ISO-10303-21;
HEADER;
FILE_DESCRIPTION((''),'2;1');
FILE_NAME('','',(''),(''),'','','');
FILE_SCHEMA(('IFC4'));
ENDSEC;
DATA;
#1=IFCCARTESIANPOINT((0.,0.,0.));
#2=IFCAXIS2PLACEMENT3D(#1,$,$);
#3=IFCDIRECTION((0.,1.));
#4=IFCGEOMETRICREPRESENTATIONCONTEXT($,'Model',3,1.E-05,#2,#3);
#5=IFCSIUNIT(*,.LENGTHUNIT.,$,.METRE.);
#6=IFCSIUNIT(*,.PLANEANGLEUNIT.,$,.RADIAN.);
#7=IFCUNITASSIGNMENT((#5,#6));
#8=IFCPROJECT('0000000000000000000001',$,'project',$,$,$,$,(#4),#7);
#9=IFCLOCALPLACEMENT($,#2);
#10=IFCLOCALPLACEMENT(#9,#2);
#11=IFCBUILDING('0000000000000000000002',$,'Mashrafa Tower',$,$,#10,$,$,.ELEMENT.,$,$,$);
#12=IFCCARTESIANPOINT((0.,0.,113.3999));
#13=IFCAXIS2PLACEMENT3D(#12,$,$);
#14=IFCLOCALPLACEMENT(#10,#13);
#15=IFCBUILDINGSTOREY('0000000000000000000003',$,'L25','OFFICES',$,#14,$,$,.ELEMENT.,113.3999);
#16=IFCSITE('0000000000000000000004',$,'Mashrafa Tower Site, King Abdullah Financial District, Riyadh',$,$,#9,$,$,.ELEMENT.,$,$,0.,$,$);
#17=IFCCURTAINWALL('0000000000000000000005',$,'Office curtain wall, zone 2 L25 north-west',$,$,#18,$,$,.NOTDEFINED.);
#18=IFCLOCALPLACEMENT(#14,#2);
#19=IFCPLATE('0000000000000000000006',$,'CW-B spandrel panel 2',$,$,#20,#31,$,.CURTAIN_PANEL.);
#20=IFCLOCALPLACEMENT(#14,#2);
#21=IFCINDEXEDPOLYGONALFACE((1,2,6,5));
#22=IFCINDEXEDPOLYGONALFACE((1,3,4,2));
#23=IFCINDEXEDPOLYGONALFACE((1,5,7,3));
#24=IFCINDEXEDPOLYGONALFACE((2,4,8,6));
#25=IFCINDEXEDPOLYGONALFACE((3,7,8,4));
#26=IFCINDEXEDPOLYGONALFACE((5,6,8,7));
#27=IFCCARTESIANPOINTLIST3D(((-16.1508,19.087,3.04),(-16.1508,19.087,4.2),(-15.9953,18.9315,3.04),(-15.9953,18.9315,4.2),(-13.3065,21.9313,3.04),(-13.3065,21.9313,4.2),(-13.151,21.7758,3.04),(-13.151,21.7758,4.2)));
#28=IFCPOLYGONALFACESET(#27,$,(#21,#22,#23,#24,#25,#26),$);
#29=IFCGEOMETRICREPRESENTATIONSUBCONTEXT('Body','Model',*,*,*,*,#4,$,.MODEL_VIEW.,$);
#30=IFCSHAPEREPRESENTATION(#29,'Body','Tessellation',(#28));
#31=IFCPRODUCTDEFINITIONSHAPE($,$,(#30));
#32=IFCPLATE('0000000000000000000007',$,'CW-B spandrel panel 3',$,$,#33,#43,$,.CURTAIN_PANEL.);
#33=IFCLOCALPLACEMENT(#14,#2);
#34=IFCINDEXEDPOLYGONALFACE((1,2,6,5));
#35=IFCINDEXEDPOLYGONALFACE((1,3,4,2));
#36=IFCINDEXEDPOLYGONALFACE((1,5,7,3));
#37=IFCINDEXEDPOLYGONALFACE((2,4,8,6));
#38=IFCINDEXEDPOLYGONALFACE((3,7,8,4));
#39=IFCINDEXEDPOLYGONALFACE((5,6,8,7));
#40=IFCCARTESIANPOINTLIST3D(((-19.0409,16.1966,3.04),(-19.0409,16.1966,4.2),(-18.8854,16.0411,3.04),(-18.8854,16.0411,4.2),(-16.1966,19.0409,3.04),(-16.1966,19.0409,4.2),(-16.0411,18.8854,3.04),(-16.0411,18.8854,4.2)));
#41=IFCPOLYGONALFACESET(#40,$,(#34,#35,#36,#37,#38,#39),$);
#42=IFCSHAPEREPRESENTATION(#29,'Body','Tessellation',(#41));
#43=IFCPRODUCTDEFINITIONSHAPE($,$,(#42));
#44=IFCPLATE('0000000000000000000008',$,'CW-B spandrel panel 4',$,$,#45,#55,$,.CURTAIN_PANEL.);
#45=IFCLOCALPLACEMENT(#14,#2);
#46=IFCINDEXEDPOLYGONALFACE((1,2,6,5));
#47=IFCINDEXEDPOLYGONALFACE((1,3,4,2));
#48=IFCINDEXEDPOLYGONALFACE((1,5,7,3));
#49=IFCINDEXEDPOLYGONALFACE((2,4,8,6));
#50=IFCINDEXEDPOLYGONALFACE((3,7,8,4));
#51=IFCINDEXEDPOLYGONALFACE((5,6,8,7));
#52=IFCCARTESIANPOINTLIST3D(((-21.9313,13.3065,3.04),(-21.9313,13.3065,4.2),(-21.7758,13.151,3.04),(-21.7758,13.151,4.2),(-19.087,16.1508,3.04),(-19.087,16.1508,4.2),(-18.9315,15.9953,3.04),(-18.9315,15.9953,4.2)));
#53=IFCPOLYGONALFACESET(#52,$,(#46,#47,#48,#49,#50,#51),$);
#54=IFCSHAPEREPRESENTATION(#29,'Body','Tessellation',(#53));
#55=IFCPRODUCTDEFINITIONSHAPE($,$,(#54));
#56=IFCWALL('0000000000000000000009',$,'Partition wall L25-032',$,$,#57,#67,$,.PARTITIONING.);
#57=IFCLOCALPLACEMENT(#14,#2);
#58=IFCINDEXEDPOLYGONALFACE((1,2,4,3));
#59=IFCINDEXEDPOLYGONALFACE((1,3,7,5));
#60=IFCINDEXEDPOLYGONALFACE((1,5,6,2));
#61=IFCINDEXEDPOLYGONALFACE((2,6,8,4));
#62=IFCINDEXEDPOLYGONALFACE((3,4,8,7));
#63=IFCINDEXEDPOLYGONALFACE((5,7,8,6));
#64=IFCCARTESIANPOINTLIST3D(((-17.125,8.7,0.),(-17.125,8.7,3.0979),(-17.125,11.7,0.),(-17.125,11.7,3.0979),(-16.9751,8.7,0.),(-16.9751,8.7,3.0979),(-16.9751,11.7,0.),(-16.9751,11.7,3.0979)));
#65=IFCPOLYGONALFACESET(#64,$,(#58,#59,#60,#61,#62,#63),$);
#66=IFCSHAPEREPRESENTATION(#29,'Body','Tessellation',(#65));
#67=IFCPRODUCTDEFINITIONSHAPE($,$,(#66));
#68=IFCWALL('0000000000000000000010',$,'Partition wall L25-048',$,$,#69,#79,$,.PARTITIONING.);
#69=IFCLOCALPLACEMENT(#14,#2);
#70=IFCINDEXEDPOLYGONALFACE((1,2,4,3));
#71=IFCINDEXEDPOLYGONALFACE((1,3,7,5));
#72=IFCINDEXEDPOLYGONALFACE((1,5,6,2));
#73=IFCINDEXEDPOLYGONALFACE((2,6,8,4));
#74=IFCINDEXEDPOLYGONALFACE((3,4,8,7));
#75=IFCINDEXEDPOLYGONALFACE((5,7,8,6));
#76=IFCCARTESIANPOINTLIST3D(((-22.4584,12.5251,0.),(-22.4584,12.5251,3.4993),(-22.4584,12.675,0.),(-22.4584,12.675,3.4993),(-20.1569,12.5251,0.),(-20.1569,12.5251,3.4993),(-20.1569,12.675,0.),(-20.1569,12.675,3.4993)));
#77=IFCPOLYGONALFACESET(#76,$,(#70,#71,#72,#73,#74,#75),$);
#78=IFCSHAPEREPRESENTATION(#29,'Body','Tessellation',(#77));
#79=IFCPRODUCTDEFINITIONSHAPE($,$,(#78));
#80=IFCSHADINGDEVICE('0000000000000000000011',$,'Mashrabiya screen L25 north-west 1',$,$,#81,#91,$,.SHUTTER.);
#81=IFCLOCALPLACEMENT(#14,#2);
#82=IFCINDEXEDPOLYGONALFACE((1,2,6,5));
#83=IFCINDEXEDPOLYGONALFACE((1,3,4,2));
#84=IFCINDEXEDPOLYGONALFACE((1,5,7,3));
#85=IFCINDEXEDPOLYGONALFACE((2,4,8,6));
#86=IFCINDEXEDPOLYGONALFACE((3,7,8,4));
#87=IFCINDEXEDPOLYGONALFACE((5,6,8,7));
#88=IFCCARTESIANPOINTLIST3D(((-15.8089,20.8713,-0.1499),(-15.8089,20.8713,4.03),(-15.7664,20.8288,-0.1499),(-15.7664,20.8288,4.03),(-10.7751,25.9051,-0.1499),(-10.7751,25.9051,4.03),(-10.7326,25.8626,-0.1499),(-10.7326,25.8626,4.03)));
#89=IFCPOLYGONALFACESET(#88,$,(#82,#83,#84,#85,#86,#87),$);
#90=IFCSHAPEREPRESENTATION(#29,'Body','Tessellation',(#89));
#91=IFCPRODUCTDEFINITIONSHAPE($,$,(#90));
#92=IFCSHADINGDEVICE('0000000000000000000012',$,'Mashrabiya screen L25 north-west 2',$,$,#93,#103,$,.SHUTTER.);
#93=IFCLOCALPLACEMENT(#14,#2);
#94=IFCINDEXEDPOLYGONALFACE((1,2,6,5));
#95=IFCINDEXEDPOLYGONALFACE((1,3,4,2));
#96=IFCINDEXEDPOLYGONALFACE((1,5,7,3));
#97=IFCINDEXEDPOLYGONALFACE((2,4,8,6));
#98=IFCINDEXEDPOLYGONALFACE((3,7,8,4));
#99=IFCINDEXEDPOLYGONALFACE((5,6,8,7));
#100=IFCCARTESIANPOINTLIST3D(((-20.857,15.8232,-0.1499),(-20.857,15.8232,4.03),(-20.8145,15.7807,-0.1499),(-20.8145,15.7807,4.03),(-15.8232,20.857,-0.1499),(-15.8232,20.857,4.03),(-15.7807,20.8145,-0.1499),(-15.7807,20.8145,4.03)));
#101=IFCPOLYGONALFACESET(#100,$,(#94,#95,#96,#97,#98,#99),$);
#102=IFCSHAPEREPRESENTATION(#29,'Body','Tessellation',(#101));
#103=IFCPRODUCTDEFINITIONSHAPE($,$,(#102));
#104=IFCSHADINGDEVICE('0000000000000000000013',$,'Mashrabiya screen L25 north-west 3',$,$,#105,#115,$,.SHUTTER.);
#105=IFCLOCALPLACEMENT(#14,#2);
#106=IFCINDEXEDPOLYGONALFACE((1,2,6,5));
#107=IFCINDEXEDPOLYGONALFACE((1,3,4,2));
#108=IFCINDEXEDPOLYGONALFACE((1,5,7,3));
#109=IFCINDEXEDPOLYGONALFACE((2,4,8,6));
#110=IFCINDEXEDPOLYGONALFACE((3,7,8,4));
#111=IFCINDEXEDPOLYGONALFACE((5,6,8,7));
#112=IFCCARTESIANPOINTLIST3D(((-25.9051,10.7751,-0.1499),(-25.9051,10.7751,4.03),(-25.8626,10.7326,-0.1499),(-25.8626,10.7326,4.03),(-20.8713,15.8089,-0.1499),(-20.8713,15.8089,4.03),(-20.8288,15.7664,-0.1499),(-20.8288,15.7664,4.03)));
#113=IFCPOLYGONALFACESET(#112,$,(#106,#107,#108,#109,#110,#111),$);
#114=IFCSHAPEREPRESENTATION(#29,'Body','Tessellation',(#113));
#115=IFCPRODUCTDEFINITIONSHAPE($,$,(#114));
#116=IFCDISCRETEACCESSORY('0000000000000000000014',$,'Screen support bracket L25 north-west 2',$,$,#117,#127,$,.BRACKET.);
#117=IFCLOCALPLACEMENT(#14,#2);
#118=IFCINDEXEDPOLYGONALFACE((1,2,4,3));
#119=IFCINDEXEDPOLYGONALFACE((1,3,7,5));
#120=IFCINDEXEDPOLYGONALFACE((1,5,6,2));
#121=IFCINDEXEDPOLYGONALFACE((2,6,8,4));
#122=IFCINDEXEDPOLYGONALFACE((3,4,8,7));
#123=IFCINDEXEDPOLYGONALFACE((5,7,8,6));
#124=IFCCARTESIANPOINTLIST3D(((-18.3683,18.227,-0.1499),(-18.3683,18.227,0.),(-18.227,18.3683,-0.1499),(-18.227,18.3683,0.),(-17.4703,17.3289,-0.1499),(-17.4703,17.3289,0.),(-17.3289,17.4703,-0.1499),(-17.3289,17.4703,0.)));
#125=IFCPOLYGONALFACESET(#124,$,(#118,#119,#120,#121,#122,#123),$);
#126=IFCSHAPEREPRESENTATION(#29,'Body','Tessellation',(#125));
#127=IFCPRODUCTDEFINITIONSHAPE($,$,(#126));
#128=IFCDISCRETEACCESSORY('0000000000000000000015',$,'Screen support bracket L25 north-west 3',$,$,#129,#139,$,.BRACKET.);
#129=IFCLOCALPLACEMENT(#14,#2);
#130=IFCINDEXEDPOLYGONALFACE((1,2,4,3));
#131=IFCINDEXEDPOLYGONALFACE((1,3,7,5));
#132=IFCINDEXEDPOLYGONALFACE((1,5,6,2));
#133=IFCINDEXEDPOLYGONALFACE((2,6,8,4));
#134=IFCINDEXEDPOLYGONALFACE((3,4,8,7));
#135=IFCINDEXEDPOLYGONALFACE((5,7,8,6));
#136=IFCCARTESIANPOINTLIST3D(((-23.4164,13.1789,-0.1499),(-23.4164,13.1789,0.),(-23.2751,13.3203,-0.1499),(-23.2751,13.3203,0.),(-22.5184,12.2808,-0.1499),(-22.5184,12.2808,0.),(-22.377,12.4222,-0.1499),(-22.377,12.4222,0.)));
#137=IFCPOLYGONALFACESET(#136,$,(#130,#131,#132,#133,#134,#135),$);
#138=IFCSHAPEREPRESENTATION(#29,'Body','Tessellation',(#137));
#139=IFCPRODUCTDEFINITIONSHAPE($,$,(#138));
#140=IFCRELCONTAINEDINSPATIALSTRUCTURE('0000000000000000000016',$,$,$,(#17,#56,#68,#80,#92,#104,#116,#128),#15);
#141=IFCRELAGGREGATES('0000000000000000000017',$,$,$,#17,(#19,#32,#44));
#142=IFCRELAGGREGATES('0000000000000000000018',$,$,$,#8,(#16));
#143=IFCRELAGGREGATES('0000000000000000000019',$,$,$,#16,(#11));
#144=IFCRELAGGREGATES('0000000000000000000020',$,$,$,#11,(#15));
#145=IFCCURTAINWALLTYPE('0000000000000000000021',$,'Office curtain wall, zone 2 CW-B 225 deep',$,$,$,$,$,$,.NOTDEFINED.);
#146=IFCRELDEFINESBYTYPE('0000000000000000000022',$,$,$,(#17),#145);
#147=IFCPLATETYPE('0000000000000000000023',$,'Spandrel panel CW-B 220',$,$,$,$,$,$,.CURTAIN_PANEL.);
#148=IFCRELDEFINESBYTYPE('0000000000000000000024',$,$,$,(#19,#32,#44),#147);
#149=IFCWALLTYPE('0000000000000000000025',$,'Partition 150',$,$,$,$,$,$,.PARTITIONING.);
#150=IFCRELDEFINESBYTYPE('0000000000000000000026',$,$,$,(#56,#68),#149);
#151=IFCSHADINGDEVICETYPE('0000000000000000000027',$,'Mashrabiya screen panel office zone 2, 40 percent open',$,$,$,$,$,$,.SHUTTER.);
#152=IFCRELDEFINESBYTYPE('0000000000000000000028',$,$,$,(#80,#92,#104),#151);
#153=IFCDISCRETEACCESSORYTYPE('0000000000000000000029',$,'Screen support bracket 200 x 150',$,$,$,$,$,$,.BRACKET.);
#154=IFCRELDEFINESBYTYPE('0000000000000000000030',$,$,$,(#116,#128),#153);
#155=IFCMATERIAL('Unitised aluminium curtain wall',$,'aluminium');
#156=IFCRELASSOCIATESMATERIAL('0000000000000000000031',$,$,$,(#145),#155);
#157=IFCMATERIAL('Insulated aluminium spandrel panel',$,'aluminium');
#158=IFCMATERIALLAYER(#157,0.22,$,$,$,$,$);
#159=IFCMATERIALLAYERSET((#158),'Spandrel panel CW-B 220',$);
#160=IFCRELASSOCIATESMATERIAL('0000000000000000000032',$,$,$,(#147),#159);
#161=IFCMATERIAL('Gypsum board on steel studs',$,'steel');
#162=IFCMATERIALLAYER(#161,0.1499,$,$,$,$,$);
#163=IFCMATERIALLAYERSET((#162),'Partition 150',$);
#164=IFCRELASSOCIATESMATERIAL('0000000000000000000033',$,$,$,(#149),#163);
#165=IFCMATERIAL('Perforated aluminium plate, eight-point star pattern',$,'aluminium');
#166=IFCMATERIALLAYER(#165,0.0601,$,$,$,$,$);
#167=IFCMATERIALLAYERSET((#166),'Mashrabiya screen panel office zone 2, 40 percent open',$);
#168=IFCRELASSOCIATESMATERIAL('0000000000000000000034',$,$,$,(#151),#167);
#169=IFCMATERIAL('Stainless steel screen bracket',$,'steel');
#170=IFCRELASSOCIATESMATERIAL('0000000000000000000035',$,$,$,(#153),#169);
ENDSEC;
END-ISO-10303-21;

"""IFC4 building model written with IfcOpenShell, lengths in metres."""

from ifc_helpers import new_model, si_unit, direction, frame, frame_2d, origin, origin_2d, place, context, subcontext, project, spatial, rectangle, extrude, source, transform, mapped, material, layer, layer_set, type_object, type_shapes, element, aggregate, save


model = new_model("IFC4")

# Units and contexts
model_context = context("Model", 3, precision=1e-05, world=origin(), true_north=direction((0.0, 1.0)))
body_context = subcontext(model_context, "Body", "Model", "MODEL_VIEW")
ifc_project = project(units=[si_unit("LENGTHUNIT", "METRE"), si_unit("PLANEANGLEUNIT", "RADIAN")], contexts=[model_context])

# Site, building, storey
site_placement = place(None, origin())
site = spatial("IfcSite", under=ifc_project, at=site_placement, Name="Mashrafa Tower Site, King Abdullah Financial District, Riyadh", CompositionType="ELEMENT", RefElevation=0.0)
building_placement = place(site_placement, origin())
building = spatial("IfcBuilding", under=site, at=building_placement, Name="Mashrafa Tower", CompositionType="ELEMENT")
storey_placement = place(building_placement, frame((0.0, 0.0, 113.3999)))
storey = spatial("IfcBuildingStorey", under=building, at=storey_placement, Name="L25", Description="OFFICES", CompositionType="ELEMENT", Elevation=113.3999)

# Curtain wall
ifc_material_1 = material(Name="Unitised aluminium curtain wall", Category="aluminium")
curtain_wall_type = type_object("IfcCurtainWallType", Name="Office curtain wall, zone 2 CW-B 225 deep", PredefinedType="NOTDEFINED", material=ifc_material_1)
curtain_wall_1_placement = place(storey_placement, origin())
curtain_wall_1 = element("IfcCurtainWall", 1, at=curtain_wall_1_placement, inside=storey, type_object=curtain_wall_type, Name="Office curtain wall, zone 2 L25 north-west", PredefinedType="NOTDEFINED")

# Plates
ifc_material_2 = material(Name="Insulated aluminium spandrel panel", Category="aluminium")
ifc_layer_1 = layer(ifc_material_2, 0.22)
ifc_layer_set_1 = layer_set([ifc_layer_1], Name="Spandrel panel CW-B 220")
plate_type_1 = type_object("IfcPlateType", Name="Spandrel panel CW-B 220", PredefinedType="CURTAIN_PANEL", material=ifc_layer_set_1)
shared_shape_1 = source(origin(), body_context, "Body", "SweptSolid", [
    extrude(rectangle(XDim=4.0225, YDim=0.22, at=origin_2d()), origin(), (0.0, 0.0, 1.0), 1.1599),
])
plate_1_placement = place(storey_placement, frame((-14.6509, 20.4314, 3.04), z_axis=(0.0, 0.0, 1.0), x_axis=(-0.707107, -0.707107, 0.0)))
plate_1 = element("IfcPlate", 2, at=plate_1_placement, type_object=plate_type_1, Name="CW-B spandrel panel 2", PredefinedType="CURTAIN_PANEL", context=body_context, shape_type="MappedRepresentation", body=[
    mapped(shared_shape_1, transform((0.0, 0.0, 0.0))),
])
plate_2_placement = place(storey_placement, frame((-17.541, 17.541, 3.04), z_axis=(0.0, 0.0, 1.0), x_axis=(-0.707107, -0.707107, 0.0)))
plate_2 = element("IfcPlate", 3, at=plate_2_placement, type_object=plate_type_1, Name="CW-B spandrel panel 3", PredefinedType="CURTAIN_PANEL", context=body_context, shape_type="MappedRepresentation", body=[
    mapped(shared_shape_1, transform((0.0, 0.0, 0.0))),
])
plate_3_placement = place(storey_placement, frame((-20.4314, 14.6509, 3.04), z_axis=(0.0, 0.0, 1.0), x_axis=(-0.707107, -0.707107, 0.0)))
plate_3 = element("IfcPlate", 4, at=plate_3_placement, type_object=plate_type_1, Name="CW-B spandrel panel 4", PredefinedType="CURTAIN_PANEL", context=body_context, shape_type="MappedRepresentation", body=[
    mapped(shared_shape_1, transform((0.0, 0.0, 0.0))),
])
aggregate(curtain_wall_1, [plate_1, plate_2, plate_3])

# Walls
ifc_material_3 = material(Name="Gypsum board on steel studs", Category="steel")
ifc_layer_2 = layer(ifc_material_3, 0.1499)
ifc_layer_set_2 = layer_set([ifc_layer_2], Name="Partition 150")
wall_type = type_object("IfcWallType", Name="Partition 150", PredefinedType="PARTITIONING", material=ifc_layer_set_2)
wall_1_placement = place(storey_placement, frame((-17.05, 11.7, 0.0), z_axis=(0.0, 0.0, 1.0), x_axis=(0.0, -1.0, 0.0)))
element("IfcWall", 5, at=wall_1_placement, inside=storey, type_object=wall_type, Name="Partition wall L25-032", PredefinedType="PARTITIONING", context=body_context, shape_type="SweptSolid", body=[
    extrude(rectangle(XDim=3.0, YDim=0.1499, at=frame_2d((1.5, 0.0))), origin(), (0.0, 0.0, 1.0), 3.0979),
])
wall_2_placement = place(storey_placement, frame((-20.1567, 12.6001, 0.0), z_axis=(0.0, 0.0, 1.0), x_axis=(-1.0, 0.0, 0.0)))
element("IfcWall", 6, at=wall_2_placement, inside=storey, type_object=wall_type, Name="Partition wall L25-048", PredefinedType="PARTITIONING", context=body_context, shape_type="SweptSolid", body=[
    extrude(rectangle(XDim=2.3015, YDim=0.1499, at=frame_2d((1.1509, 0.0))), origin(), (0.0, 0.0, 1.0), 3.4993),
])

# Shading devices
ifc_material_4 = material(Name="Perforated aluminium plate, eight-point star pattern", Category="aluminium")
ifc_layer_3 = layer(ifc_material_4, 0.0601)
ifc_layer_set_3 = layer_set([ifc_layer_3], Name="Mashrabiya screen panel office zone 2, 40 percent open")
shading_device_type = type_object("IfcShadingDeviceType", Name="Mashrabiya screen panel office zone 2, 40 percent open", PredefinedType="SHUTTER", material=ifc_layer_set_3)
shared_shape_2 = source(origin(), body_context, "Body", "SweptSolid", [
    extrude(rectangle(XDim=7.1189, YDim=0.0601, at=origin_2d()), origin(), (0.0, 0.0, 1.0), 4.1799),
])
type_shapes(shading_device_type, [shared_shape_2])
for number, where, z_axis, x_axis, name in (
    (7, (-13.2708, 23.3669, -0.1499), (0.0, 0.0, 1.0), (-0.707107, -0.707107, 0.0), "Mashrabiya screen L25 north-west 1"),
    (8, (-18.3188, 18.3188, -0.1499), (0.0, 0.0, 1.0), (-0.707107, -0.707107, 0.0), "Mashrabiya screen L25 north-west 2"),
    (9, (-23.3669, 13.2708, -0.1499), (0.0, 0.0, 1.0), (-0.707107, -0.707107, 0.0), "Mashrabiya screen L25 north-west 3"),
):
    element("IfcShadingDevice", number, at=place(storey_placement, frame(where, z_axis=z_axis, x_axis=x_axis)), inside=storey, type_object=shading_device_type, Name=name, PredefinedType="SHUTTER", context=body_context, shape_type="MappedRepresentation", body=[
        mapped(shared_shape_2, transform((0.0, 0.0, 0.0))),
    ])

# Discrete accessories
ifc_material_5 = material(Name="Stainless steel screen bracket", Category="steel")
discrete_accessory_type = type_object("IfcDiscreteAccessoryType", Name="Screen support bracket 200 x 150", PredefinedType="BRACKET", material=ifc_material_5)
shared_shape_3 = source(origin(), body_context, "Body", "SweptSolid", [
    extrude(rectangle(XDim=0.2, YDim=1.27, at=origin_2d()), origin(), (0.0, 0.0, 1.0), 0.1499),
])
type_shapes(discrete_accessory_type, [shared_shape_3])
for number, where, z_axis, x_axis, name in (
    (10, (-17.8486, 17.8486, -0.1499), (0.0, 0.0, 1.0), (-0.707107, -0.707107, 0.0), "Screen support bracket L25 north-west 2"),
    (11, (-22.8967, 12.8005, -0.1499), (0.0, 0.0, 1.0), (-0.707107, -0.707107, 0.0), "Screen support bracket L25 north-west 3"),
):
    element("IfcDiscreteAccessory", number, at=place(storey_placement, frame(where, z_axis=z_axis, x_axis=x_axis)), inside=storey, type_object=discrete_accessory_type, Name=name, PredefinedType="BRACKET", context=body_context, shape_type="MappedRepresentation", body=[
        mapped(shared_shape_3, transform((0.0, 0.0, 0.0))),
    ])

save(model, "model.ifc")
